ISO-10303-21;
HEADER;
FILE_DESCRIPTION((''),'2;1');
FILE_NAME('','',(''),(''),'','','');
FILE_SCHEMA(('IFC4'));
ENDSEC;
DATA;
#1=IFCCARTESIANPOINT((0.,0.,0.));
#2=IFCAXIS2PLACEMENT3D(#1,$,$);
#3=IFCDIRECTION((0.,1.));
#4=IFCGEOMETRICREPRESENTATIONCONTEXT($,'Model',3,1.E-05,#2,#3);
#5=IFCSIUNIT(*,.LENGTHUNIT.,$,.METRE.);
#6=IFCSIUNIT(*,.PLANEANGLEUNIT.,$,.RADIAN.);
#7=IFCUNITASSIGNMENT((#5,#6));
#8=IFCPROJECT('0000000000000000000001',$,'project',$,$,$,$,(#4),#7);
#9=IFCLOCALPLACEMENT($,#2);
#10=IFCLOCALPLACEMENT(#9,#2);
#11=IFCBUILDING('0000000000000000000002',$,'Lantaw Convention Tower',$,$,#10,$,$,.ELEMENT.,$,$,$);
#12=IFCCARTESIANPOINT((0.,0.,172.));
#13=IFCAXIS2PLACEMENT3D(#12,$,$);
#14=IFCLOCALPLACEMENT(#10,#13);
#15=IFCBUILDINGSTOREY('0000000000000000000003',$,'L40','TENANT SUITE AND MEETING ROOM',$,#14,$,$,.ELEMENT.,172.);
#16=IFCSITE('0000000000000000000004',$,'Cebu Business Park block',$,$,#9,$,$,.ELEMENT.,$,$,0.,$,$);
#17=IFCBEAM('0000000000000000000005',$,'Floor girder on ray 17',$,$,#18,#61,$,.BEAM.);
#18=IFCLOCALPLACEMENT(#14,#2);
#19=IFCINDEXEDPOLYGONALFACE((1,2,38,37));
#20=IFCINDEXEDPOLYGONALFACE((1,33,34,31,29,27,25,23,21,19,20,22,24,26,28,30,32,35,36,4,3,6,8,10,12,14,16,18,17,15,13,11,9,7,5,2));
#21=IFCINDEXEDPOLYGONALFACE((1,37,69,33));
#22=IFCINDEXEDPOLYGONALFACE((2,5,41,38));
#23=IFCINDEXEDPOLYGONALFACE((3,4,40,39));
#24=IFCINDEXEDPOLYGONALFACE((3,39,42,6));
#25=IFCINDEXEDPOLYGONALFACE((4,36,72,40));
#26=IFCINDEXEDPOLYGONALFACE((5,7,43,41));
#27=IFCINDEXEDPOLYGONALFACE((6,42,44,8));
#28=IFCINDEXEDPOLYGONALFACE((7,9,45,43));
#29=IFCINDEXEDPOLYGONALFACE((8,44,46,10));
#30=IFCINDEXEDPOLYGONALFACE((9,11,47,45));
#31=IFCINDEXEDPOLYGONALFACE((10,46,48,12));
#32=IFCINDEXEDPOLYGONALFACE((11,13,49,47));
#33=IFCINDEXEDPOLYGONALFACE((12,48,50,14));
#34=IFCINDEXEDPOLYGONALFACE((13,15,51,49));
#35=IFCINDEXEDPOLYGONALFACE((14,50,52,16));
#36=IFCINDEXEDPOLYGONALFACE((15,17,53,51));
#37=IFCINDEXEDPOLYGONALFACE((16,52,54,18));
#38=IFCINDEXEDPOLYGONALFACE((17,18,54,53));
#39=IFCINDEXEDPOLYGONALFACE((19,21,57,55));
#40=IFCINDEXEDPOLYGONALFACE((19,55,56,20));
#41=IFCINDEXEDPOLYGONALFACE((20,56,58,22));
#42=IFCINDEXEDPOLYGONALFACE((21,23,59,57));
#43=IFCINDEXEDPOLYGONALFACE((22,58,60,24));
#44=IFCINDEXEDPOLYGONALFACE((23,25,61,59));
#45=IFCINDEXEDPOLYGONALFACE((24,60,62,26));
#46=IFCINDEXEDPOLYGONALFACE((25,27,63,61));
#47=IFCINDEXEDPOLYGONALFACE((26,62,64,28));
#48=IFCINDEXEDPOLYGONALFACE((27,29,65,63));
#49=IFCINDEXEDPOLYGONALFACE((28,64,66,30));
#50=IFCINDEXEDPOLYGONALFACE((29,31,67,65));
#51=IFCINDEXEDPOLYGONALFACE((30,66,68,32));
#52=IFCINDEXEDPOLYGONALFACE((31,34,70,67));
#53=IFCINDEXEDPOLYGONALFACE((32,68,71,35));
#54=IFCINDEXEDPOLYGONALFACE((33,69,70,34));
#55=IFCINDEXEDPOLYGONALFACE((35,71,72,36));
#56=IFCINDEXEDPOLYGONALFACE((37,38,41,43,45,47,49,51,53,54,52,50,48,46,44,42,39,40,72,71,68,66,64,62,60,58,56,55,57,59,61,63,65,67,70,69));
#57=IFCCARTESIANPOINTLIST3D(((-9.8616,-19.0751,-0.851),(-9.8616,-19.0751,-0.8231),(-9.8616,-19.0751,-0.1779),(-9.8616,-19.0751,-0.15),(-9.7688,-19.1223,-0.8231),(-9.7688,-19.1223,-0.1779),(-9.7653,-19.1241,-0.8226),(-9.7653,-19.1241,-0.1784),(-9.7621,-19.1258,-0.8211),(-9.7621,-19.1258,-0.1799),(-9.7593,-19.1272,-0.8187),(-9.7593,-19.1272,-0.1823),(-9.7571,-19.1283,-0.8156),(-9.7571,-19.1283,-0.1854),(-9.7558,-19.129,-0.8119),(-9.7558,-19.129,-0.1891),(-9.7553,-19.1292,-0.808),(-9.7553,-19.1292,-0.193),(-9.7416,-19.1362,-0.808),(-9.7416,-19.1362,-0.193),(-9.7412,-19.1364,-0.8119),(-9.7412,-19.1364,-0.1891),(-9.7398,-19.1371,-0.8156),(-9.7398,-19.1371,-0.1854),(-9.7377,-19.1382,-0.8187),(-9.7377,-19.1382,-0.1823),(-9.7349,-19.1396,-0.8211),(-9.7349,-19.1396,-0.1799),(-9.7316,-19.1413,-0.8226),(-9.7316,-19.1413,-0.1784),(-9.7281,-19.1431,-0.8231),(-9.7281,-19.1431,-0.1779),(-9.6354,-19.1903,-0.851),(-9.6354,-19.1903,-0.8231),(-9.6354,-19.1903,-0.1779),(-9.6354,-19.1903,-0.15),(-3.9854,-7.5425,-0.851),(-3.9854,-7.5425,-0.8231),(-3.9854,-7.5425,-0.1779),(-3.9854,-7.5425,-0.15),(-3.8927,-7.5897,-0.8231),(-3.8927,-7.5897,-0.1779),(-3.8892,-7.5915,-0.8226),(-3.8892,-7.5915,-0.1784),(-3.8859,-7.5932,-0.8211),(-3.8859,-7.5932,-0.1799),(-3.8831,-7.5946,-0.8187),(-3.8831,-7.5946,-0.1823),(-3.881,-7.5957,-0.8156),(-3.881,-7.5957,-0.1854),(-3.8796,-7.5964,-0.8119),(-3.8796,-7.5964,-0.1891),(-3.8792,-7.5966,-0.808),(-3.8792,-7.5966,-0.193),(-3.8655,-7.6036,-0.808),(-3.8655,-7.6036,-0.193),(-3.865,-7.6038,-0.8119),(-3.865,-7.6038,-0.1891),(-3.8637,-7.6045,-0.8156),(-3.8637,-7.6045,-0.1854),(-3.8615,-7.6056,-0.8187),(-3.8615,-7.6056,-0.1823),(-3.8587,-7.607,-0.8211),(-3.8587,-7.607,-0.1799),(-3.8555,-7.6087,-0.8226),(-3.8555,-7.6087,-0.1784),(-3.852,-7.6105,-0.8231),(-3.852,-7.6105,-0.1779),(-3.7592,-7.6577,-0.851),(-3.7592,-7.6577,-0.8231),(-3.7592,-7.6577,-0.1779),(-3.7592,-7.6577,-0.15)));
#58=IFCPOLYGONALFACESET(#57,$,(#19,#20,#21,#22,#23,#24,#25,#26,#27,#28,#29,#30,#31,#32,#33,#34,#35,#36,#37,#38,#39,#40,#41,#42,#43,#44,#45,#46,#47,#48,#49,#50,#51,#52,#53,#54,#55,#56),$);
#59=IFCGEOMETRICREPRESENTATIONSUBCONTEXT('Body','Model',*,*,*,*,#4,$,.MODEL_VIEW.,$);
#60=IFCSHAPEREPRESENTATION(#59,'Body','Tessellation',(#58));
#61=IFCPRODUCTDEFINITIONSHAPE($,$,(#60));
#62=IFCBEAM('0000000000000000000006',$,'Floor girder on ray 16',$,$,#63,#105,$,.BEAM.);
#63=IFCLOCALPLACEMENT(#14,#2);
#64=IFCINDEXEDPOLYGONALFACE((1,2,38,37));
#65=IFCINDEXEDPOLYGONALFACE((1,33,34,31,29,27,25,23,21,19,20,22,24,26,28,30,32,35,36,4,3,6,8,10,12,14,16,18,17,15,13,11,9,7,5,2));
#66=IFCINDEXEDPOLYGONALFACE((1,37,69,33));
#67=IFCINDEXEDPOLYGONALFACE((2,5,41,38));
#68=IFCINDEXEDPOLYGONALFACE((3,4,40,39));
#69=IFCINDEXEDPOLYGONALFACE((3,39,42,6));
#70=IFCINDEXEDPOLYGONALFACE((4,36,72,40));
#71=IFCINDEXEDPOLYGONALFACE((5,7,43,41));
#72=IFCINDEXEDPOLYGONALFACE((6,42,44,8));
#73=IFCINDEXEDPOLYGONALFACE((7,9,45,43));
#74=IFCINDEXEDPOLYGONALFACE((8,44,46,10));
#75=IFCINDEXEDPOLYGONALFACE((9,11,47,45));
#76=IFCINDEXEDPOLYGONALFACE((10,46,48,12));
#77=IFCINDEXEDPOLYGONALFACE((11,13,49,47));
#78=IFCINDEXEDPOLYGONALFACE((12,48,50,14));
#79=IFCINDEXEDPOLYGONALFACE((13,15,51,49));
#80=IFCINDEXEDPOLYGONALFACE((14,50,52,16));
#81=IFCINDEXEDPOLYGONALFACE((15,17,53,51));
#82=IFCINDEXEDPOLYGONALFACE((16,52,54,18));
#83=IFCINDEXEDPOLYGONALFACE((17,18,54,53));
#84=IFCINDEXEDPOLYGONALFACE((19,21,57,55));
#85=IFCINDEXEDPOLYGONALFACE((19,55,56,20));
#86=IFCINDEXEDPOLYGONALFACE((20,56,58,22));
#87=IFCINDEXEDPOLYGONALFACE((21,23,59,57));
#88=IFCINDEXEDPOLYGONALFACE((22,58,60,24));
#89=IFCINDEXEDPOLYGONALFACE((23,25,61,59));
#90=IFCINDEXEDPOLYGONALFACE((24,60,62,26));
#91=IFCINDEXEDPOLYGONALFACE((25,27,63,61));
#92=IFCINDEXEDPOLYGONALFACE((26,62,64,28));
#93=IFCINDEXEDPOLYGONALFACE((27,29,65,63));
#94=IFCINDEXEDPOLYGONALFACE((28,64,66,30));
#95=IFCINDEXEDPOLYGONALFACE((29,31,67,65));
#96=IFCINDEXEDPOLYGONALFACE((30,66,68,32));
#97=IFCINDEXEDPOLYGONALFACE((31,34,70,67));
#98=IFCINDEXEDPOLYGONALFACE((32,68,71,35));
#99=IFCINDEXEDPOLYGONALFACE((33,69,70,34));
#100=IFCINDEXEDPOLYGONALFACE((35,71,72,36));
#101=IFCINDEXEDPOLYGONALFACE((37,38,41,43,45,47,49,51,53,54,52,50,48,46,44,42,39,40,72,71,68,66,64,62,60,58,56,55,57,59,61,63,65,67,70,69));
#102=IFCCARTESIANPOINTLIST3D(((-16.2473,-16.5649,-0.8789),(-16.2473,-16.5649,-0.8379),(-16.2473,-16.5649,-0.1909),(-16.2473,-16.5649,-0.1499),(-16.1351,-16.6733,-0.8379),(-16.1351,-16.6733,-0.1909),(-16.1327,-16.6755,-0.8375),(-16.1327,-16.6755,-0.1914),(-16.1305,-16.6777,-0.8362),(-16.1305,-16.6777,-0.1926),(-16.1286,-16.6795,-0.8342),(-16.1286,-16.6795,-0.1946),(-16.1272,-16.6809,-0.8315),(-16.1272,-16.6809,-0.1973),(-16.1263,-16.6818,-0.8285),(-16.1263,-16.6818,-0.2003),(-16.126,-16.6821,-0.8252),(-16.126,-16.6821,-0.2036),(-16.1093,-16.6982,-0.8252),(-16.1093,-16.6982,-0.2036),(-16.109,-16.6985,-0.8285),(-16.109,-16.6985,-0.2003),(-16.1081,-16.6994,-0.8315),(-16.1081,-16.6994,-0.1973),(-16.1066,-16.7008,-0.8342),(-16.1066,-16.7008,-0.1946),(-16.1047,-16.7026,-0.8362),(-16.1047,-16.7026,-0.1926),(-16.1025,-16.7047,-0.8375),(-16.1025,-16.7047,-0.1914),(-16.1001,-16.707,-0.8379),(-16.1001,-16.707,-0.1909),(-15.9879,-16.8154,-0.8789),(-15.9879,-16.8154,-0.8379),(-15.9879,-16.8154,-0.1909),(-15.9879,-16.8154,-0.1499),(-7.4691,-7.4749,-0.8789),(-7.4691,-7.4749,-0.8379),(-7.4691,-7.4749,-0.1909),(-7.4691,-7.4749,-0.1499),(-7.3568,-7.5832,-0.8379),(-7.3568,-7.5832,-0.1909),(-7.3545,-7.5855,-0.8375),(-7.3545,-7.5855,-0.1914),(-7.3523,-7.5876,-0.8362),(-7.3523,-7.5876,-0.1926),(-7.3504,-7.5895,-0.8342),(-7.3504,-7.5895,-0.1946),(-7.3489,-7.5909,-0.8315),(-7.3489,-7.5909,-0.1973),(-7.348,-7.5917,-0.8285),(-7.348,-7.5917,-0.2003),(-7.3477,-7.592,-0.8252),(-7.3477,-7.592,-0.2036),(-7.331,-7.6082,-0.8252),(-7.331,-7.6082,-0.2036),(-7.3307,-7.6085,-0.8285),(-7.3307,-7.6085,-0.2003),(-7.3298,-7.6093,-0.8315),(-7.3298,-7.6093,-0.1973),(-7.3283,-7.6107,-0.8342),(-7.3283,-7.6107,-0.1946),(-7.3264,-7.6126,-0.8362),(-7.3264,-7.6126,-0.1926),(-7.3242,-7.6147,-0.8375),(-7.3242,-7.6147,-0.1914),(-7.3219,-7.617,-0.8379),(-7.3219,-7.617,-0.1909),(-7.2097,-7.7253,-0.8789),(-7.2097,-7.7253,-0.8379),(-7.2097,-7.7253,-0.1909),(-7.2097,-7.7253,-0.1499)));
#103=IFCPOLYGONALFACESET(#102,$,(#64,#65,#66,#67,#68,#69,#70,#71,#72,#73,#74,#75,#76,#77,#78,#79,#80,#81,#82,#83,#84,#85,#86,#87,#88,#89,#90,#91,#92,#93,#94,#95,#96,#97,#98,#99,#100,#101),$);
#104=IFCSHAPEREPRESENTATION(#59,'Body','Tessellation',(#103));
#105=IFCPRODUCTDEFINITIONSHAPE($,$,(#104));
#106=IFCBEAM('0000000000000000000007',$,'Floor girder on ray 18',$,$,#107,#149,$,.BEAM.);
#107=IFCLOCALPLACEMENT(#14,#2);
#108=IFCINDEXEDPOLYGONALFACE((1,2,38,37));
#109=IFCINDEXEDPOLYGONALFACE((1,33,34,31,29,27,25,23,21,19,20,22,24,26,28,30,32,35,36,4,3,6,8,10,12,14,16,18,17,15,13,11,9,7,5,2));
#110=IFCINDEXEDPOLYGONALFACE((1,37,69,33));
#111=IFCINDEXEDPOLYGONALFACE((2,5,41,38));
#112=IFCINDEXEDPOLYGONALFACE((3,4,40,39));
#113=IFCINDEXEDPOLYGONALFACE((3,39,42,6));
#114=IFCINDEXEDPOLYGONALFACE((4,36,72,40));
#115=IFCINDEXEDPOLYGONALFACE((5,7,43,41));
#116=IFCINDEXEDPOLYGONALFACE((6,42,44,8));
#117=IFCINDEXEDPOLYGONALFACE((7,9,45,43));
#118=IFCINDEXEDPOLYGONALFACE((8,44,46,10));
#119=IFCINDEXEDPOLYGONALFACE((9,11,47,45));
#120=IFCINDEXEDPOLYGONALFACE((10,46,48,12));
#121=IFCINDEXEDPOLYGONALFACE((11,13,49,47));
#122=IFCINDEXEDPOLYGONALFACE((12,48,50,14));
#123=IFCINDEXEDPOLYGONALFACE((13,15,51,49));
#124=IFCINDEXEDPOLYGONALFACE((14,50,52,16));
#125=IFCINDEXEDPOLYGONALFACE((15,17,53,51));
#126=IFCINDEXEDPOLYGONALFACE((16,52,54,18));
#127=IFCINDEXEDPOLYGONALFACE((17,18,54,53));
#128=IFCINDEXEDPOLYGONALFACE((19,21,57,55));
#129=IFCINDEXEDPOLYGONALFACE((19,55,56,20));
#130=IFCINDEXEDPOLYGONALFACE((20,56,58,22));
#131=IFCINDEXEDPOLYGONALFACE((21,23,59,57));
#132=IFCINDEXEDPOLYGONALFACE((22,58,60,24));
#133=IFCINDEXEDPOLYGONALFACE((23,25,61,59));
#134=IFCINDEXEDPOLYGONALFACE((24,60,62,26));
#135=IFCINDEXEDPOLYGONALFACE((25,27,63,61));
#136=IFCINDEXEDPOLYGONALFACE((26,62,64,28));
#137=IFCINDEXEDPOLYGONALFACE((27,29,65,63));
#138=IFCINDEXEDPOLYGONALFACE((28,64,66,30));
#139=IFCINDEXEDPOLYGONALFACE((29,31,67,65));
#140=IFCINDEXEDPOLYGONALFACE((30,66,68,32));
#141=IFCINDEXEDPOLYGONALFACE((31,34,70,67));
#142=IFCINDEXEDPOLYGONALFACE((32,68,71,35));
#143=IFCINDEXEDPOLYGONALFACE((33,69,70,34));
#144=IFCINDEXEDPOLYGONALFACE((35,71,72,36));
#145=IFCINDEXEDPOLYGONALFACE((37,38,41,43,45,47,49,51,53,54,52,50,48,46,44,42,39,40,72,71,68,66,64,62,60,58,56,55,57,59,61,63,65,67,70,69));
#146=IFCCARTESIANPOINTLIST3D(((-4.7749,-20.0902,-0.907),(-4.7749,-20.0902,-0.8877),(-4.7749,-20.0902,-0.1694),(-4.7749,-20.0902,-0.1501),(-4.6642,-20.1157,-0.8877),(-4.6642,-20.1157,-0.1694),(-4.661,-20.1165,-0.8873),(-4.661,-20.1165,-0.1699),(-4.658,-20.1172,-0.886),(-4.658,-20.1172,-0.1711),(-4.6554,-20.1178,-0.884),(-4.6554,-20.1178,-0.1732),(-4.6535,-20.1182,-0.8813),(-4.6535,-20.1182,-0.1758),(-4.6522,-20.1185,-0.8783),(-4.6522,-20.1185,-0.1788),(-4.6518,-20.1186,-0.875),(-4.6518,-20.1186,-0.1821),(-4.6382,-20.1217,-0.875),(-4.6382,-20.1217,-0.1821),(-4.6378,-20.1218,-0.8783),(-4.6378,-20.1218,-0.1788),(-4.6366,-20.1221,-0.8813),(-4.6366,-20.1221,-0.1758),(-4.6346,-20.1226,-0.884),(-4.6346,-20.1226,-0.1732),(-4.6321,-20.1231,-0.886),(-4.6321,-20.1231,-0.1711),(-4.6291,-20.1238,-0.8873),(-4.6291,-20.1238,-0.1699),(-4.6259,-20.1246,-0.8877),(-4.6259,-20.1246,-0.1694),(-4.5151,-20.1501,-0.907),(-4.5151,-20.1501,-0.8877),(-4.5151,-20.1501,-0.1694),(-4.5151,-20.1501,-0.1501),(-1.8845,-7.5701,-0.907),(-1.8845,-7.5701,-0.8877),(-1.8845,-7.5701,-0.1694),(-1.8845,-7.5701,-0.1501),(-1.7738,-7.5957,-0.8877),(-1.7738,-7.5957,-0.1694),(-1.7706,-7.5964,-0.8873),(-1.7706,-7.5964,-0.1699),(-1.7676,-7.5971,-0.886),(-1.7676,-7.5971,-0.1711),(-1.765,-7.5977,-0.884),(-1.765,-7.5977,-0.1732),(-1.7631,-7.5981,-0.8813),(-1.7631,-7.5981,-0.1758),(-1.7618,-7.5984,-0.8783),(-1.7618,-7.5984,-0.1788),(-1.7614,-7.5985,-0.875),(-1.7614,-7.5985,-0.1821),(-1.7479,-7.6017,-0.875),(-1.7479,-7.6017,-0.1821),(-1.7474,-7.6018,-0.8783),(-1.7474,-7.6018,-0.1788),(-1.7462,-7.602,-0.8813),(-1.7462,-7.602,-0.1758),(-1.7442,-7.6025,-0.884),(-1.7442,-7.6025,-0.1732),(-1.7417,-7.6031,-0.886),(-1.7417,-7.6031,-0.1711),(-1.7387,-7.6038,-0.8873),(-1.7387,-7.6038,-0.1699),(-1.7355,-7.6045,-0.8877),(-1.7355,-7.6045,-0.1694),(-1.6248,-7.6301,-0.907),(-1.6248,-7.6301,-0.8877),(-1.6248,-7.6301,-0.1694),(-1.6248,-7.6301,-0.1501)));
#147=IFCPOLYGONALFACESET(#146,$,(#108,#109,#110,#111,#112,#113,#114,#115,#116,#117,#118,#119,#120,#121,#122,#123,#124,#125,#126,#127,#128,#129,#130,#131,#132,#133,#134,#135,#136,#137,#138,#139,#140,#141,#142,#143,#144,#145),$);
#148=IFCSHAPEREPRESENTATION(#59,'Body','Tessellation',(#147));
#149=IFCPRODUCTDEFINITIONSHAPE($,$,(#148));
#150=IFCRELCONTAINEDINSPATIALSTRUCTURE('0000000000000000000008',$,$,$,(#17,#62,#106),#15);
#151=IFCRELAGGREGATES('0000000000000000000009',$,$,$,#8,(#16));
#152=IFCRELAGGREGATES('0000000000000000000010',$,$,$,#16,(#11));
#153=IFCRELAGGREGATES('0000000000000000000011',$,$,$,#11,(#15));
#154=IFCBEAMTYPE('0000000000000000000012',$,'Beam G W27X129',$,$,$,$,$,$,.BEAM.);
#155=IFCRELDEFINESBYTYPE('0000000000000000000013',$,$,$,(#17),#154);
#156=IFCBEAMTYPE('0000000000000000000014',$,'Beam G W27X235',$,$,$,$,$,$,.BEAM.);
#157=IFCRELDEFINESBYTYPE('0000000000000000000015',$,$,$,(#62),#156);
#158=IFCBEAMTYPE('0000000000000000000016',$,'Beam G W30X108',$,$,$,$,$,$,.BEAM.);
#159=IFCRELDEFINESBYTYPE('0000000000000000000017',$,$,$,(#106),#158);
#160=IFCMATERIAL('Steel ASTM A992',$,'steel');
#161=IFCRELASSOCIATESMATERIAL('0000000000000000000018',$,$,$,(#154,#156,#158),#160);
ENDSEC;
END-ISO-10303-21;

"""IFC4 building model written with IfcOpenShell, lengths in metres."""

from ifc_helpers import new_model, si_unit, direction, frame, origin, origin_2d, place, context, subcontext, project, spatial, i_section, extrude, material, material_profile, profile_set, type_object, element, save


model = new_model("IFC4")

# Units and contexts
model_context = context("Model", 3, precision=1e-05, world=origin(), true_north=direction((0.0, 1.0)))
body_context = subcontext(model_context, "Body", "Model", "MODEL_VIEW")
ifc_project = project(units=[si_unit("LENGTHUNIT", "METRE"), si_unit("PLANEANGLEUNIT", "RADIAN")], contexts=[model_context])

# Site, building, storey
site_placement = place(None, origin())
site = spatial("IfcSite", under=ifc_project, at=site_placement, Name="Cebu Business Park block", CompositionType="ELEMENT", RefElevation=0.0)
building_placement = place(site_placement, origin())
building = spatial("IfcBuilding", under=site, at=building_placement, Name="Lantaw Convention Tower", CompositionType="ELEMENT")
storey_placement = place(building_placement, frame((0.0, 0.0, 172.0)))
storey = spatial("IfcBuildingStorey", under=building, at=storey_placement, Name="L40", Description="TENANT SUITE AND MEETING ROOM", CompositionType="ELEMENT", Elevation=172.0)

# Beams
ifc_material_1 = material(Name="Steel ASTM A992", Category="steel")
ifc_material_profile_1 = material_profile(ifc_material_1, i_section(OverallWidth=0.2539, OverallDepth=0.7009, WebThickness=0.0154, FlangeThickness=0.0278, FilletRadius=0.0151, at=origin_2d()), Name="W27X129")
ifc_profile_set_1 = profile_set([ifc_material_profile_1], Name="Steel ASTM A992")
beam_type_1 = type_object("IfcBeamType", Name="Beam G W27X129", PredefinedType="BEAM", material=ifc_profile_set_1)
beam_1_placement = place(storey_placement, frame((-3.8723, -7.6001, -0.5005), z_axis=(-0.453991, -0.891006, 0.0), x_axis=(0.891006, -0.453991, 0.0)))
element("IfcBeam", 1, at=beam_1_placement, inside=storey, type_object=beam_type_1, Name="Floor girder on ray 17", PredefinedType="BEAM", context=body_context, shape_type="SweptSolid", body=[
    extrude(i_section(OverallWidth=0.2539, OverallDepth=0.7009, WebThickness=0.0154, FlangeThickness=0.0278, FilletRadius=0.0151, at=origin_2d()), origin(), (0.0, 0.0, 1.0), 12.9434),
])
ifc_material_profile_2 = material_profile(ifc_material_1, i_section(OverallWidth=0.3606, OverallDepth=0.729, WebThickness=0.0232, FlangeThickness=0.041, FilletRadius=0.0127, at=origin_2d()), Name="W27X235")
ifc_profile_set_2 = profile_set([ifc_material_profile_2], Name="Steel ASTM A992")
beam_type_2 = type_object("IfcBeamType", Name="Beam G W27X235", PredefinedType="BEAM", material=ifc_profile_set_2)
beam_2_placement = place(storey_placement, frame((-7.3394, -7.6001, -0.5144), z_axis=(-0.694663, -0.719335, 0.0), x_axis=(0.719335, -0.694663, 0.0)))
element("IfcBeam", 2, at=beam_2_placement, inside=storey, type_object=beam_type_2, Name="Floor girder on ray 16", PredefinedType="BEAM", context=body_context, shape_type="SweptSolid", body=[
    extrude(i_section(OverallWidth=0.3606, OverallDepth=0.729, WebThickness=0.0232, FlangeThickness=0.041, FilletRadius=0.0127, at=origin_2d()), origin(), (0.0, 0.0, 1.0), 12.6367),
])
ifc_material_profile_3 = material_profile(ifc_material_1, i_section(OverallWidth=0.2666, OverallDepth=0.7568, WebThickness=0.0139, FlangeThickness=0.0193, FilletRadius=0.0127, at=origin_2d()), Name="W30X108")
ifc_profile_set_3 = profile_set([ifc_material_profile_3], Name="Steel ASTM A992")
beam_type_3 = type_object("IfcBeamType", Name="Beam G W30X108", PredefinedType="BEAM", material=ifc_profile_set_3)
beam_3_placement = place(storey_placement, frame((-1.7546, -7.6001, -0.5286), z_axis=(-0.224944, -0.974372, 0.0), x_axis=(0.974372, -0.224944, 0.0)))
element("IfcBeam", 3, at=beam_3_placement, inside=storey, type_object=beam_type_3, Name="Floor girder on ray 18", PredefinedType="BEAM", context=body_context, shape_type="SweptSolid", body=[
    extrude(i_section(OverallWidth=0.2666, OverallDepth=0.7568, WebThickness=0.0139, FlangeThickness=0.0193, FilletRadius=0.0127, at=origin_2d()), origin(), (0.0, 0.0, 1.0), 12.8494),
])

save(model, "model.ifc")
